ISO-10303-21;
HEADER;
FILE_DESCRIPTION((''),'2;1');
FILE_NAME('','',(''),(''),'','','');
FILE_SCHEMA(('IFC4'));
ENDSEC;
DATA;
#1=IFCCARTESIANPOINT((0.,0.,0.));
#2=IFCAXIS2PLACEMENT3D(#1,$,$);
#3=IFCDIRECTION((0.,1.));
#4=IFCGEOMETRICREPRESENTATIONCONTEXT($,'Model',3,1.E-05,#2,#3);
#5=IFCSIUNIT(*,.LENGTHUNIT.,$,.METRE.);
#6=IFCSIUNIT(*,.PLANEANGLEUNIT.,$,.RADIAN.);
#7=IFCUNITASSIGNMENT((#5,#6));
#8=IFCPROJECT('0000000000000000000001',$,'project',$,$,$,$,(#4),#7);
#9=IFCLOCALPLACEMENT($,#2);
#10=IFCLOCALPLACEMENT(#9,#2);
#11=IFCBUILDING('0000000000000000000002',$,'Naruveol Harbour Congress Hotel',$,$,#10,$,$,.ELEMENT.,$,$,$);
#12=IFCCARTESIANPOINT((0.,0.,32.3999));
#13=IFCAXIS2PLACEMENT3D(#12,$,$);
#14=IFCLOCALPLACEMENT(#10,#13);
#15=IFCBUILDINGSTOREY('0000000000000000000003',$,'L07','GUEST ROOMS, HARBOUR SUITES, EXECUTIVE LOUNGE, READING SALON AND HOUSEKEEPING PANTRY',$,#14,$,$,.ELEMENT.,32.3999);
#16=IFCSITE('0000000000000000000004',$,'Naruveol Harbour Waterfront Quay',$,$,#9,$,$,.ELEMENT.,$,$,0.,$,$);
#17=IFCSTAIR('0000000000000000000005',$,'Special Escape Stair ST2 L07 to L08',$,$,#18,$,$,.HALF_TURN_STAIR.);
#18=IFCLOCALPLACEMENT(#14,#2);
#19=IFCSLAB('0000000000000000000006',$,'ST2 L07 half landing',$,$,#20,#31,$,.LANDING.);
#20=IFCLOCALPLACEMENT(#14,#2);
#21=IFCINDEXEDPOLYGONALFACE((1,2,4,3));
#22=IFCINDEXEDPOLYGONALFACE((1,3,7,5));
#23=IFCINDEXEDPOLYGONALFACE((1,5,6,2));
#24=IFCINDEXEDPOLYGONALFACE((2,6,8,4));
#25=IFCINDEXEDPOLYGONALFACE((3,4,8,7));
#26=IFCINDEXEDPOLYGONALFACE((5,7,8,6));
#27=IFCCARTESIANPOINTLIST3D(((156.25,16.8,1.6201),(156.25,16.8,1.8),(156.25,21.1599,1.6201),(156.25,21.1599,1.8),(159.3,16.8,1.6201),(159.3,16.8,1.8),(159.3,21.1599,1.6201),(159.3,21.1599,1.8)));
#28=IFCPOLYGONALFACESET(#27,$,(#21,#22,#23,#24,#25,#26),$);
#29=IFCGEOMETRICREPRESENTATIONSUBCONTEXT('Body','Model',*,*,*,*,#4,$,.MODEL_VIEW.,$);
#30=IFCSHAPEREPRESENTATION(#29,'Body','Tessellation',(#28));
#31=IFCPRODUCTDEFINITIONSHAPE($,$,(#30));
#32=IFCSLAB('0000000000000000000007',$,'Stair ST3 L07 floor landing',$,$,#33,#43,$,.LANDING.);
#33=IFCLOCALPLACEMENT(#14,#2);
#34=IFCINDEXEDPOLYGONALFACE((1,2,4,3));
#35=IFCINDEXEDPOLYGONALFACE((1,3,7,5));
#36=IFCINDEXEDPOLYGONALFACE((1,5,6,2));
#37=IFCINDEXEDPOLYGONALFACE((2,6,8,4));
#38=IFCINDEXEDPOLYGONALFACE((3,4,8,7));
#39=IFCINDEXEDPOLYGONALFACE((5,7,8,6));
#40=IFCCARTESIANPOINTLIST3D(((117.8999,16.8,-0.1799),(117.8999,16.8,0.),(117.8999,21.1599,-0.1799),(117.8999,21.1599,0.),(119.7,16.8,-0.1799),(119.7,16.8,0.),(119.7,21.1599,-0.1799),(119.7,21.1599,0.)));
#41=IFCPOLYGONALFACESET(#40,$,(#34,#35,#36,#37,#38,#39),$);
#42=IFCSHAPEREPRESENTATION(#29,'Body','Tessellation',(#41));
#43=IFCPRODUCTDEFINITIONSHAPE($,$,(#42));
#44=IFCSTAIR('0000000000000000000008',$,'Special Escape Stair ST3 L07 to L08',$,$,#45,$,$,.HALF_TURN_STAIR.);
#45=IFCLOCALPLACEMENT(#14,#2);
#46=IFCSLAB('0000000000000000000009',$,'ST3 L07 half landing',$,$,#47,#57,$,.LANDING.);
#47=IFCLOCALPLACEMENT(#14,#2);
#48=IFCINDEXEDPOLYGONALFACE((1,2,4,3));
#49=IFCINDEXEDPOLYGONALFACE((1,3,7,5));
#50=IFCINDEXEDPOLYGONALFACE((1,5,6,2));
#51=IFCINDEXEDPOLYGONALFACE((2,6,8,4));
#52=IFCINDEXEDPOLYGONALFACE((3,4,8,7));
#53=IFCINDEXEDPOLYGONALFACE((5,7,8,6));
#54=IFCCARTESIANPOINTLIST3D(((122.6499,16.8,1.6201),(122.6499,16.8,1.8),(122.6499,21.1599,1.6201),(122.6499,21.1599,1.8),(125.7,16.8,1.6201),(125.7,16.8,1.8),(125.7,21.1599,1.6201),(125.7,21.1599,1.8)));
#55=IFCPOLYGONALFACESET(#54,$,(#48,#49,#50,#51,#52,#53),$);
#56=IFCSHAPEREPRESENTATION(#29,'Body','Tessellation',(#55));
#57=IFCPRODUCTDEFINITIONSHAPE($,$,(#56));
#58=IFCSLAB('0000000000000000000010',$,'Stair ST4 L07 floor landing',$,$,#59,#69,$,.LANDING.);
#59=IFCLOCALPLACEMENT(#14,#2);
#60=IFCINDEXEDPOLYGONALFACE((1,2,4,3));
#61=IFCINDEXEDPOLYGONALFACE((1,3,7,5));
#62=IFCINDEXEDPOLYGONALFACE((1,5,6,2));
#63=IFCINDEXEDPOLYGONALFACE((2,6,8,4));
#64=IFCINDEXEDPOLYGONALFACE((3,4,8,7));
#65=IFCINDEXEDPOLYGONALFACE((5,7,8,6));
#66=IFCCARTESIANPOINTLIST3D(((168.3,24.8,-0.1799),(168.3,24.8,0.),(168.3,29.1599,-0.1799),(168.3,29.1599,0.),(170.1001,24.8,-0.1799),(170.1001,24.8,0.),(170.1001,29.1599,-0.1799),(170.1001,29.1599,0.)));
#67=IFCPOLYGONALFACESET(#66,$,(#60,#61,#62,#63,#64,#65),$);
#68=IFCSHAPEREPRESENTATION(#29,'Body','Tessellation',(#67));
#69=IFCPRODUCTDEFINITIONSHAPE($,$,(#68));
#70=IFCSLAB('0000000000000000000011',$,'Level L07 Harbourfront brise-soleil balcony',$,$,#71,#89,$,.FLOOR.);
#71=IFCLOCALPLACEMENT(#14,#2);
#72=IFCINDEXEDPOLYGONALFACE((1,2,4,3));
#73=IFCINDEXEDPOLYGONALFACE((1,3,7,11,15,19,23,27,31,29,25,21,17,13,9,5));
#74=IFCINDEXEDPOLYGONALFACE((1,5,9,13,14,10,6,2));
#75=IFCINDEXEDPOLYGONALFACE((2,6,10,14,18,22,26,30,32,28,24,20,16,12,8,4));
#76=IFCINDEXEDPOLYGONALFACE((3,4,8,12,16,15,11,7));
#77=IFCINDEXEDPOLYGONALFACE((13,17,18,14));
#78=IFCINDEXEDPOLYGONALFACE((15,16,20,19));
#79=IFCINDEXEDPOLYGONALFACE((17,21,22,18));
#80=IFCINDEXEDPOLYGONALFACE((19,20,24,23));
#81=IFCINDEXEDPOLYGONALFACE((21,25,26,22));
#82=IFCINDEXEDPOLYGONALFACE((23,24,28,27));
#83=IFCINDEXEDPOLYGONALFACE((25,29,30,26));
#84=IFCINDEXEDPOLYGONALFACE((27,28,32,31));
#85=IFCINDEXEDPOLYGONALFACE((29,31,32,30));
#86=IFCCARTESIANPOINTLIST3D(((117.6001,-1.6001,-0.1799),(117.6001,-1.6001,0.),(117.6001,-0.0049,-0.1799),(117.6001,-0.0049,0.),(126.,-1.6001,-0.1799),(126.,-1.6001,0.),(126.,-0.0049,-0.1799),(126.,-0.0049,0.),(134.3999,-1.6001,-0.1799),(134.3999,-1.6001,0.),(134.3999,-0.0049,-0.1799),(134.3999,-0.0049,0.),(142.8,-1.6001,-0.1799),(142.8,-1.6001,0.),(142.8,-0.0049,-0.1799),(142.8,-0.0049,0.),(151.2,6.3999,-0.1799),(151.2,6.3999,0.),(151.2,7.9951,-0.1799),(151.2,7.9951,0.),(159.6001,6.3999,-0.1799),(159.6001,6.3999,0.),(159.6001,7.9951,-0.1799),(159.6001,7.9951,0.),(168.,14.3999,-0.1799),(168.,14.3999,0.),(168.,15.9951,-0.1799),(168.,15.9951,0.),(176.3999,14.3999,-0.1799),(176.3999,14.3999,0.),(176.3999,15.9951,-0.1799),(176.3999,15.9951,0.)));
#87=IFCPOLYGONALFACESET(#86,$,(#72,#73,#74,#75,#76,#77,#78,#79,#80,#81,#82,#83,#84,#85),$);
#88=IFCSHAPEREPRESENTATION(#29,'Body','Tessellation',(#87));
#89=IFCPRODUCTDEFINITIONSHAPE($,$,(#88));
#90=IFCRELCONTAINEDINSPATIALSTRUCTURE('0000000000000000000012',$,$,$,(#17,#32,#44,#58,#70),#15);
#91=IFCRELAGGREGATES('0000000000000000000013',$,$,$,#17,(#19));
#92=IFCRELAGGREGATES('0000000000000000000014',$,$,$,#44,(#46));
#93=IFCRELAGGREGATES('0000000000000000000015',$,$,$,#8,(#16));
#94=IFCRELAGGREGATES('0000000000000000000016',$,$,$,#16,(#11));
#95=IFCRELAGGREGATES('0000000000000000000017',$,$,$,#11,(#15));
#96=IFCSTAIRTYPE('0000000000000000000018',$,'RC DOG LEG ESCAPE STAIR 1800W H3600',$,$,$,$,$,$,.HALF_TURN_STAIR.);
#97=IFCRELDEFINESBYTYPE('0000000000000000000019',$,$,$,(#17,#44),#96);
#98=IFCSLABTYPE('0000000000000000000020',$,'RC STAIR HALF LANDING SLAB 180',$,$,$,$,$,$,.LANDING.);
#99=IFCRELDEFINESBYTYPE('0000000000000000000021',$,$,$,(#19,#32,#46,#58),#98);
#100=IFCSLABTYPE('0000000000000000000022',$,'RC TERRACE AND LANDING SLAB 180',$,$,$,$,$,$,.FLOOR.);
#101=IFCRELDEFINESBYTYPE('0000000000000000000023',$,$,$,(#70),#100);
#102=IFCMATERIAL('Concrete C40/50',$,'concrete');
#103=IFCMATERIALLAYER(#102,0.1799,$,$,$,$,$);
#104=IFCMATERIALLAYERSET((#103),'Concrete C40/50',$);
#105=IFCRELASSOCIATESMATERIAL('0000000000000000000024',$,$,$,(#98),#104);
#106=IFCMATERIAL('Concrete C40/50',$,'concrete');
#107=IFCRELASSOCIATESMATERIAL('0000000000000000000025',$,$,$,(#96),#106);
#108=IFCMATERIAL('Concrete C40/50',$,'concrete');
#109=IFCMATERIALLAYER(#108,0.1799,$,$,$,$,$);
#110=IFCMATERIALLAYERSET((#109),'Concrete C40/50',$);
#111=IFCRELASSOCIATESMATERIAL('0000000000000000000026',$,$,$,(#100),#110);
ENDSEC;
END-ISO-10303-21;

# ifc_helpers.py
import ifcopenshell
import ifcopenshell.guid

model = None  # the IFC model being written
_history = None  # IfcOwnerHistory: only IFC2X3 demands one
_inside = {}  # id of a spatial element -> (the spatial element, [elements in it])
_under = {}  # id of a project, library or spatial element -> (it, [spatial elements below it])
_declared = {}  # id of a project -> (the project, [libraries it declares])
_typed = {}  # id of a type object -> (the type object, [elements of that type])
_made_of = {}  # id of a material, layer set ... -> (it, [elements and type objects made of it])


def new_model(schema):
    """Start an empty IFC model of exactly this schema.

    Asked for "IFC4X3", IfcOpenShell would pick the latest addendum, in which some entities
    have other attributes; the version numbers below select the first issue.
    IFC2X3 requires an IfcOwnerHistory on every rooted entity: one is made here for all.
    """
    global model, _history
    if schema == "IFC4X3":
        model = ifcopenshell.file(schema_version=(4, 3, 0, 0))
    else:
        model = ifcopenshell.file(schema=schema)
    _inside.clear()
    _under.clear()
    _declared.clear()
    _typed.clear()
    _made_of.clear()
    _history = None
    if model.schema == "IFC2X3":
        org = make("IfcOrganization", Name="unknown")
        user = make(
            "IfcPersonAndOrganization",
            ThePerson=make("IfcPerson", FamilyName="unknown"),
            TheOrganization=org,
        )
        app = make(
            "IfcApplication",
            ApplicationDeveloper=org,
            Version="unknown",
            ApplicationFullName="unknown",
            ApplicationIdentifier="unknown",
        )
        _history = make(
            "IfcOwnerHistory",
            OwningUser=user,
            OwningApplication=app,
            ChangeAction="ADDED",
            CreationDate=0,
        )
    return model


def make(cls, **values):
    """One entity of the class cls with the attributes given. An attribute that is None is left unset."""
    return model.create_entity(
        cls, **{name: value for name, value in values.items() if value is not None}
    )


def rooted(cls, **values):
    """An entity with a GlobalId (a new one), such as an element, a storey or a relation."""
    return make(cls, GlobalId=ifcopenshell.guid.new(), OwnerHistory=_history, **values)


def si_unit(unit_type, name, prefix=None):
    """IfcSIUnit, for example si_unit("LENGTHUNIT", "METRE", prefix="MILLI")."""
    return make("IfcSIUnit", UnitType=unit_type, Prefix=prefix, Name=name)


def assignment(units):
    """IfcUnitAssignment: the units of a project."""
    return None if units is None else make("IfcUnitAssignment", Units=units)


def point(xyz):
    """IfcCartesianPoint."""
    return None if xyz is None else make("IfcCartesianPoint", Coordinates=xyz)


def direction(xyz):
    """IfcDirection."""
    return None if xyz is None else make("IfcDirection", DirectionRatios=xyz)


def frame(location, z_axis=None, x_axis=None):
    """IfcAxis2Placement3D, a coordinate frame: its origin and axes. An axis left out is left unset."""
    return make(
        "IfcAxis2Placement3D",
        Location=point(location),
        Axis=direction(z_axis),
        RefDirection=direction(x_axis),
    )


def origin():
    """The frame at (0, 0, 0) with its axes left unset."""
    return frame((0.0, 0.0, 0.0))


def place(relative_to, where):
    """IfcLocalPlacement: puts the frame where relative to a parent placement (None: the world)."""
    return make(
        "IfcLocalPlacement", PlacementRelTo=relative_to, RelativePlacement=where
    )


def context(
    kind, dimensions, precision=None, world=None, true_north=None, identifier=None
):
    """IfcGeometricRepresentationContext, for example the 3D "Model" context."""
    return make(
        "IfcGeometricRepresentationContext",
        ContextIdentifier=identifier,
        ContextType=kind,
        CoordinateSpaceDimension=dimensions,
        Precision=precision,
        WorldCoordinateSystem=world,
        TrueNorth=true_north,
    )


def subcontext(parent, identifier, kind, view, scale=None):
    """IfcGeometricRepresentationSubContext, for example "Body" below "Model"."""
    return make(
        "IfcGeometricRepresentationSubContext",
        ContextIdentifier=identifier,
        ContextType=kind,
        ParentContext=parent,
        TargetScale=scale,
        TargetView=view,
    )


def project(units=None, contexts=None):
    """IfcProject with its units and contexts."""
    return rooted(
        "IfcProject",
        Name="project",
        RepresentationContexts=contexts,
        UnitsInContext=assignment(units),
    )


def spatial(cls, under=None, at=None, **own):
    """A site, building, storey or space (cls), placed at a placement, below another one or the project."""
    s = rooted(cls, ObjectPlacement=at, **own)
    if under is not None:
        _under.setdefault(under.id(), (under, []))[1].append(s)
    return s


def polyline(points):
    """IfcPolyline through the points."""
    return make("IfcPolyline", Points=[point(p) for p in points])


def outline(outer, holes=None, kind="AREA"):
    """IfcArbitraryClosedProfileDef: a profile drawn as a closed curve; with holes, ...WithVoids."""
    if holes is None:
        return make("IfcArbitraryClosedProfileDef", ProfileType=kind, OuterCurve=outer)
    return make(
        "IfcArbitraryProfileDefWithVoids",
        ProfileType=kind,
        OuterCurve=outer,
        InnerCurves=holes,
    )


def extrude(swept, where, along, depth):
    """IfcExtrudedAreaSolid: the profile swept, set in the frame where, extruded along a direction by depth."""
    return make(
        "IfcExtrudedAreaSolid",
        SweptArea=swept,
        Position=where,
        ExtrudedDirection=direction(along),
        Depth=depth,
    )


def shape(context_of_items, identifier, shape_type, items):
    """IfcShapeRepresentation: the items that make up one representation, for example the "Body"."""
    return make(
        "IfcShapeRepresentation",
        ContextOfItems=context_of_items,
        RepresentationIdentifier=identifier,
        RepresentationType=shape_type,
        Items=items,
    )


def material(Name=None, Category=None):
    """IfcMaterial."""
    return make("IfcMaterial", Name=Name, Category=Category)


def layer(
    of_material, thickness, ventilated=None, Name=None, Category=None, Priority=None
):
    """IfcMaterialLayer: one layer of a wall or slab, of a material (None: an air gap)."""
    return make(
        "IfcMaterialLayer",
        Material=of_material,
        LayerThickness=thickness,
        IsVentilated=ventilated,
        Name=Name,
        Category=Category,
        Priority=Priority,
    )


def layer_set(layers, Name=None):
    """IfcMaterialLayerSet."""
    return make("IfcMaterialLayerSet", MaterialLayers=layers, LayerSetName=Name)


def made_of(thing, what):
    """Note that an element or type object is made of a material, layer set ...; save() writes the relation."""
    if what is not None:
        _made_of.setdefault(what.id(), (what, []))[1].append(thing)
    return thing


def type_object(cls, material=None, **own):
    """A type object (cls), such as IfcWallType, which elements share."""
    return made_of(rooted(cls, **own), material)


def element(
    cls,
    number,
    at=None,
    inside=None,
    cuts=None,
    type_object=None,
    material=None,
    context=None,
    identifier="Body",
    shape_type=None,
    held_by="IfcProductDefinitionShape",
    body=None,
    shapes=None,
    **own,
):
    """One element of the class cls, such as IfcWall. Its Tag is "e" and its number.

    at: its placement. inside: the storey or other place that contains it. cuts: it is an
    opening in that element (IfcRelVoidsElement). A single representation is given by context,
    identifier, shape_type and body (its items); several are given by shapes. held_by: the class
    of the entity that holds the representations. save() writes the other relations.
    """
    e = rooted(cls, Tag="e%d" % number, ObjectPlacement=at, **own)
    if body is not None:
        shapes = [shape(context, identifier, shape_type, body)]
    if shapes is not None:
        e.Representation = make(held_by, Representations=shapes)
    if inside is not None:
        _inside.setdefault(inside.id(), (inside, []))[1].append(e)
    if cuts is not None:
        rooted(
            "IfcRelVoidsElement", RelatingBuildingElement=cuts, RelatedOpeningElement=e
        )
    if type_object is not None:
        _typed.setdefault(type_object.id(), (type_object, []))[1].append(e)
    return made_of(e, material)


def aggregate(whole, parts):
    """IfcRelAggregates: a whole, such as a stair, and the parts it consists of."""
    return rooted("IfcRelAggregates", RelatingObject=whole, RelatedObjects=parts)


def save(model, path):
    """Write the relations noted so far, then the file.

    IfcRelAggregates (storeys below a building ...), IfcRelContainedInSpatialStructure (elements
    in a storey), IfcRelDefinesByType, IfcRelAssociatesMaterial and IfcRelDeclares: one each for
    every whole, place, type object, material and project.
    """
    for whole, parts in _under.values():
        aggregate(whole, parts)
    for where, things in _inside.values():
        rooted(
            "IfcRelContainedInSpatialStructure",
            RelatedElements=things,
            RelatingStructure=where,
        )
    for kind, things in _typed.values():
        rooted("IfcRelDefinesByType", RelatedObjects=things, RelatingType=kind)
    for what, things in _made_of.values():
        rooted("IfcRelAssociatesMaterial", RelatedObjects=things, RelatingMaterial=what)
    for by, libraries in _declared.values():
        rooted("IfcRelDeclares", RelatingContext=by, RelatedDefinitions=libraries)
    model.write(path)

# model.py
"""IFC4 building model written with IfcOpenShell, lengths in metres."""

from ifc_helpers import new_model, si_unit, direction, frame, origin, place, context, subcontext, project, spatial, polyline, outline, extrude, material, layer, layer_set, type_object, element, aggregate, save


model = new_model("IFC4")

# Units and contexts
model_context = context("Model", 3, precision=1e-05, world=origin(), true_north=direction((0.0, 1.0)))
body_context = subcontext(model_context, "Body", "Model", "MODEL_VIEW")
ifc_project = project(units=[si_unit("LENGTHUNIT", "METRE"), si_unit("PLANEANGLEUNIT", "RADIAN")], contexts=[model_context])

# Site, building, storey
site_placement = place(None, origin())
site = spatial("IfcSite", under=ifc_project, at=site_placement, Name="Naruveol Harbour Waterfront Quay", CompositionType="ELEMENT", RefElevation=0.0)
building_placement = place(site_placement, origin())
building = spatial("IfcBuilding", under=site, at=building_placement, Name="Naruveol Harbour Congress Hotel", CompositionType="ELEMENT")
storey_placement = place(building_placement, frame((0.0, 0.0, 32.3999)))
storey = spatial("IfcBuildingStorey", under=building, at=storey_placement, Name="L07", Description="GUEST ROOMS, HARBOUR SUITES, EXECUTIVE LOUNGE, READING SALON AND HOUSEKEEPING PANTRY", CompositionType="ELEMENT", Elevation=32.3999)

# Shared definitions
ifc_material_1 = material(Name="Concrete C40/50", Category="concrete")
ifc_layer_1 = layer(ifc_material_1, 0.1799)
ifc_layer_set_1 = layer_set([ifc_layer_1], Name="Concrete C40/50")
slab_type_1 = type_object("IfcSlabType", Name="RC STAIR HALF LANDING SLAB 180", PredefinedType="LANDING", material=ifc_layer_set_1)

# Shared definitions
ifc_material_2 = material(Name="Concrete C40/50", Category="concrete")
stair_type = type_object("IfcStairType", Name="RC DOG LEG ESCAPE STAIR 1800W H3600", PredefinedType="HALF_TURN_STAIR", material=ifc_material_2)

# Stair, slab
stair_1_placement = place(storey_placement, origin())
stair_1 = element("IfcStair", 1, at=stair_1_placement, inside=storey, type_object=stair_type, Name="Special Escape Stair ST2 L07 to L08", PredefinedType="HALF_TURN_STAIR")
slab_1_placement = place(storey_placement, frame((0.0, 0.0, 1.6201)))
slab_1 = element("IfcSlab", 2, at=slab_1_placement, type_object=slab_type_1, Name="ST2 L07 half landing", PredefinedType="LANDING", context=body_context, shape_type="SweptSolid", body=[
    extrude(outline(polyline([(156.25, 16.8), (159.3, 16.8), (159.3, 21.1599), (156.25, 21.1599), (156.25, 16.8)])), origin(), (0.0, 0.0, 1.0), 0.1799),
])
aggregate(stair_1, [slab_1])

# Slab
slab_2_placement = place(storey_placement, frame((0.0, 0.0, -0.1799)))
element("IfcSlab", 3, at=slab_2_placement, inside=storey, type_object=slab_type_1, Name="Stair ST3 L07 floor landing", PredefinedType="LANDING", context=body_context, shape_type="SweptSolid", body=[
    extrude(outline(polyline([(117.8999, 16.8), (119.7, 16.8), (119.7, 21.1599), (117.8999, 21.1599), (117.8999, 16.8)])), origin(), (0.0, 0.0, 1.0), 0.1799),
])

# Stair, slab
stair_2_placement = place(storey_placement, origin())
stair_2 = element("IfcStair", 4, at=stair_2_placement, inside=storey, type_object=stair_type, Name="Special Escape Stair ST3 L07 to L08", PredefinedType="HALF_TURN_STAIR")
slab_3_placement = place(storey_placement, frame((0.0, 0.0, 1.6201)))
slab_3 = element("IfcSlab", 5, at=slab_3_placement, type_object=slab_type_1, Name="ST3 L07 half landing", PredefinedType="LANDING", context=body_context, shape_type="SweptSolid", body=[
    extrude(outline(polyline([(122.6499, 16.8), (125.7, 16.8), (125.7, 21.1599), (122.6499, 21.1599), (122.6499, 16.8)])), origin(), (0.0, 0.0, 1.0), 0.1799),
])
aggregate(stair_2, [slab_3])

# Slabs
slab_4_placement = place(storey_placement, frame((0.0, 0.0, -0.1799)))
element("IfcSlab", 6, at=slab_4_placement, inside=storey, type_object=slab_type_1, Name="Stair ST4 L07 floor landing", PredefinedType="LANDING", context=body_context, shape_type="SweptSolid", body=[
    extrude(outline(polyline([(168.3, 24.8), (170.1001, 24.8), (170.1001, 29.1599), (168.3, 29.1599), (168.3, 24.8)])), origin(), (0.0, 0.0, 1.0), 0.1799),
])
ifc_material_3 = material(Name="Concrete C40/50", Category="concrete")
ifc_layer_2 = layer(ifc_material_3, 0.1799)
ifc_layer_set_2 = layer_set([ifc_layer_2], Name="Concrete C40/50")
slab_type_2 = type_object("IfcSlabType", Name="RC TERRACE AND LANDING SLAB 180", PredefinedType="FLOOR", material=ifc_layer_set_2)
slab_5_placement = place(storey_placement, frame((0.0, 0.0, -0.1799)))
element("IfcSlab", 7, at=slab_5_placement, inside=storey, type_object=slab_type_2, Name="Level L07 Harbourfront brise-soleil balcony", PredefinedType="FLOOR", context=body_context, shape_type="SweptSolid", body=[
    extrude(outline(polyline([(117.6001, -1.6001), (126.0, -1.6001), (134.3999, -1.6001), (142.8, -1.6001), (151.2, 6.3999), (159.6001, 6.3999), (168.0, 14.3999), (176.3999, 14.3999), (176.3999, 15.9951), (168.0, 15.9951), (159.6001, 7.9951), (151.2, 7.9951), (142.8, -0.0049), (134.3999, -0.0049), (126.0, -0.0049), (117.6001, -0.0049), (117.6001, -1.6001)])), origin(), (0.0, 0.0, 1.0), 0.1799),
])

save(model, "model.ifc")
